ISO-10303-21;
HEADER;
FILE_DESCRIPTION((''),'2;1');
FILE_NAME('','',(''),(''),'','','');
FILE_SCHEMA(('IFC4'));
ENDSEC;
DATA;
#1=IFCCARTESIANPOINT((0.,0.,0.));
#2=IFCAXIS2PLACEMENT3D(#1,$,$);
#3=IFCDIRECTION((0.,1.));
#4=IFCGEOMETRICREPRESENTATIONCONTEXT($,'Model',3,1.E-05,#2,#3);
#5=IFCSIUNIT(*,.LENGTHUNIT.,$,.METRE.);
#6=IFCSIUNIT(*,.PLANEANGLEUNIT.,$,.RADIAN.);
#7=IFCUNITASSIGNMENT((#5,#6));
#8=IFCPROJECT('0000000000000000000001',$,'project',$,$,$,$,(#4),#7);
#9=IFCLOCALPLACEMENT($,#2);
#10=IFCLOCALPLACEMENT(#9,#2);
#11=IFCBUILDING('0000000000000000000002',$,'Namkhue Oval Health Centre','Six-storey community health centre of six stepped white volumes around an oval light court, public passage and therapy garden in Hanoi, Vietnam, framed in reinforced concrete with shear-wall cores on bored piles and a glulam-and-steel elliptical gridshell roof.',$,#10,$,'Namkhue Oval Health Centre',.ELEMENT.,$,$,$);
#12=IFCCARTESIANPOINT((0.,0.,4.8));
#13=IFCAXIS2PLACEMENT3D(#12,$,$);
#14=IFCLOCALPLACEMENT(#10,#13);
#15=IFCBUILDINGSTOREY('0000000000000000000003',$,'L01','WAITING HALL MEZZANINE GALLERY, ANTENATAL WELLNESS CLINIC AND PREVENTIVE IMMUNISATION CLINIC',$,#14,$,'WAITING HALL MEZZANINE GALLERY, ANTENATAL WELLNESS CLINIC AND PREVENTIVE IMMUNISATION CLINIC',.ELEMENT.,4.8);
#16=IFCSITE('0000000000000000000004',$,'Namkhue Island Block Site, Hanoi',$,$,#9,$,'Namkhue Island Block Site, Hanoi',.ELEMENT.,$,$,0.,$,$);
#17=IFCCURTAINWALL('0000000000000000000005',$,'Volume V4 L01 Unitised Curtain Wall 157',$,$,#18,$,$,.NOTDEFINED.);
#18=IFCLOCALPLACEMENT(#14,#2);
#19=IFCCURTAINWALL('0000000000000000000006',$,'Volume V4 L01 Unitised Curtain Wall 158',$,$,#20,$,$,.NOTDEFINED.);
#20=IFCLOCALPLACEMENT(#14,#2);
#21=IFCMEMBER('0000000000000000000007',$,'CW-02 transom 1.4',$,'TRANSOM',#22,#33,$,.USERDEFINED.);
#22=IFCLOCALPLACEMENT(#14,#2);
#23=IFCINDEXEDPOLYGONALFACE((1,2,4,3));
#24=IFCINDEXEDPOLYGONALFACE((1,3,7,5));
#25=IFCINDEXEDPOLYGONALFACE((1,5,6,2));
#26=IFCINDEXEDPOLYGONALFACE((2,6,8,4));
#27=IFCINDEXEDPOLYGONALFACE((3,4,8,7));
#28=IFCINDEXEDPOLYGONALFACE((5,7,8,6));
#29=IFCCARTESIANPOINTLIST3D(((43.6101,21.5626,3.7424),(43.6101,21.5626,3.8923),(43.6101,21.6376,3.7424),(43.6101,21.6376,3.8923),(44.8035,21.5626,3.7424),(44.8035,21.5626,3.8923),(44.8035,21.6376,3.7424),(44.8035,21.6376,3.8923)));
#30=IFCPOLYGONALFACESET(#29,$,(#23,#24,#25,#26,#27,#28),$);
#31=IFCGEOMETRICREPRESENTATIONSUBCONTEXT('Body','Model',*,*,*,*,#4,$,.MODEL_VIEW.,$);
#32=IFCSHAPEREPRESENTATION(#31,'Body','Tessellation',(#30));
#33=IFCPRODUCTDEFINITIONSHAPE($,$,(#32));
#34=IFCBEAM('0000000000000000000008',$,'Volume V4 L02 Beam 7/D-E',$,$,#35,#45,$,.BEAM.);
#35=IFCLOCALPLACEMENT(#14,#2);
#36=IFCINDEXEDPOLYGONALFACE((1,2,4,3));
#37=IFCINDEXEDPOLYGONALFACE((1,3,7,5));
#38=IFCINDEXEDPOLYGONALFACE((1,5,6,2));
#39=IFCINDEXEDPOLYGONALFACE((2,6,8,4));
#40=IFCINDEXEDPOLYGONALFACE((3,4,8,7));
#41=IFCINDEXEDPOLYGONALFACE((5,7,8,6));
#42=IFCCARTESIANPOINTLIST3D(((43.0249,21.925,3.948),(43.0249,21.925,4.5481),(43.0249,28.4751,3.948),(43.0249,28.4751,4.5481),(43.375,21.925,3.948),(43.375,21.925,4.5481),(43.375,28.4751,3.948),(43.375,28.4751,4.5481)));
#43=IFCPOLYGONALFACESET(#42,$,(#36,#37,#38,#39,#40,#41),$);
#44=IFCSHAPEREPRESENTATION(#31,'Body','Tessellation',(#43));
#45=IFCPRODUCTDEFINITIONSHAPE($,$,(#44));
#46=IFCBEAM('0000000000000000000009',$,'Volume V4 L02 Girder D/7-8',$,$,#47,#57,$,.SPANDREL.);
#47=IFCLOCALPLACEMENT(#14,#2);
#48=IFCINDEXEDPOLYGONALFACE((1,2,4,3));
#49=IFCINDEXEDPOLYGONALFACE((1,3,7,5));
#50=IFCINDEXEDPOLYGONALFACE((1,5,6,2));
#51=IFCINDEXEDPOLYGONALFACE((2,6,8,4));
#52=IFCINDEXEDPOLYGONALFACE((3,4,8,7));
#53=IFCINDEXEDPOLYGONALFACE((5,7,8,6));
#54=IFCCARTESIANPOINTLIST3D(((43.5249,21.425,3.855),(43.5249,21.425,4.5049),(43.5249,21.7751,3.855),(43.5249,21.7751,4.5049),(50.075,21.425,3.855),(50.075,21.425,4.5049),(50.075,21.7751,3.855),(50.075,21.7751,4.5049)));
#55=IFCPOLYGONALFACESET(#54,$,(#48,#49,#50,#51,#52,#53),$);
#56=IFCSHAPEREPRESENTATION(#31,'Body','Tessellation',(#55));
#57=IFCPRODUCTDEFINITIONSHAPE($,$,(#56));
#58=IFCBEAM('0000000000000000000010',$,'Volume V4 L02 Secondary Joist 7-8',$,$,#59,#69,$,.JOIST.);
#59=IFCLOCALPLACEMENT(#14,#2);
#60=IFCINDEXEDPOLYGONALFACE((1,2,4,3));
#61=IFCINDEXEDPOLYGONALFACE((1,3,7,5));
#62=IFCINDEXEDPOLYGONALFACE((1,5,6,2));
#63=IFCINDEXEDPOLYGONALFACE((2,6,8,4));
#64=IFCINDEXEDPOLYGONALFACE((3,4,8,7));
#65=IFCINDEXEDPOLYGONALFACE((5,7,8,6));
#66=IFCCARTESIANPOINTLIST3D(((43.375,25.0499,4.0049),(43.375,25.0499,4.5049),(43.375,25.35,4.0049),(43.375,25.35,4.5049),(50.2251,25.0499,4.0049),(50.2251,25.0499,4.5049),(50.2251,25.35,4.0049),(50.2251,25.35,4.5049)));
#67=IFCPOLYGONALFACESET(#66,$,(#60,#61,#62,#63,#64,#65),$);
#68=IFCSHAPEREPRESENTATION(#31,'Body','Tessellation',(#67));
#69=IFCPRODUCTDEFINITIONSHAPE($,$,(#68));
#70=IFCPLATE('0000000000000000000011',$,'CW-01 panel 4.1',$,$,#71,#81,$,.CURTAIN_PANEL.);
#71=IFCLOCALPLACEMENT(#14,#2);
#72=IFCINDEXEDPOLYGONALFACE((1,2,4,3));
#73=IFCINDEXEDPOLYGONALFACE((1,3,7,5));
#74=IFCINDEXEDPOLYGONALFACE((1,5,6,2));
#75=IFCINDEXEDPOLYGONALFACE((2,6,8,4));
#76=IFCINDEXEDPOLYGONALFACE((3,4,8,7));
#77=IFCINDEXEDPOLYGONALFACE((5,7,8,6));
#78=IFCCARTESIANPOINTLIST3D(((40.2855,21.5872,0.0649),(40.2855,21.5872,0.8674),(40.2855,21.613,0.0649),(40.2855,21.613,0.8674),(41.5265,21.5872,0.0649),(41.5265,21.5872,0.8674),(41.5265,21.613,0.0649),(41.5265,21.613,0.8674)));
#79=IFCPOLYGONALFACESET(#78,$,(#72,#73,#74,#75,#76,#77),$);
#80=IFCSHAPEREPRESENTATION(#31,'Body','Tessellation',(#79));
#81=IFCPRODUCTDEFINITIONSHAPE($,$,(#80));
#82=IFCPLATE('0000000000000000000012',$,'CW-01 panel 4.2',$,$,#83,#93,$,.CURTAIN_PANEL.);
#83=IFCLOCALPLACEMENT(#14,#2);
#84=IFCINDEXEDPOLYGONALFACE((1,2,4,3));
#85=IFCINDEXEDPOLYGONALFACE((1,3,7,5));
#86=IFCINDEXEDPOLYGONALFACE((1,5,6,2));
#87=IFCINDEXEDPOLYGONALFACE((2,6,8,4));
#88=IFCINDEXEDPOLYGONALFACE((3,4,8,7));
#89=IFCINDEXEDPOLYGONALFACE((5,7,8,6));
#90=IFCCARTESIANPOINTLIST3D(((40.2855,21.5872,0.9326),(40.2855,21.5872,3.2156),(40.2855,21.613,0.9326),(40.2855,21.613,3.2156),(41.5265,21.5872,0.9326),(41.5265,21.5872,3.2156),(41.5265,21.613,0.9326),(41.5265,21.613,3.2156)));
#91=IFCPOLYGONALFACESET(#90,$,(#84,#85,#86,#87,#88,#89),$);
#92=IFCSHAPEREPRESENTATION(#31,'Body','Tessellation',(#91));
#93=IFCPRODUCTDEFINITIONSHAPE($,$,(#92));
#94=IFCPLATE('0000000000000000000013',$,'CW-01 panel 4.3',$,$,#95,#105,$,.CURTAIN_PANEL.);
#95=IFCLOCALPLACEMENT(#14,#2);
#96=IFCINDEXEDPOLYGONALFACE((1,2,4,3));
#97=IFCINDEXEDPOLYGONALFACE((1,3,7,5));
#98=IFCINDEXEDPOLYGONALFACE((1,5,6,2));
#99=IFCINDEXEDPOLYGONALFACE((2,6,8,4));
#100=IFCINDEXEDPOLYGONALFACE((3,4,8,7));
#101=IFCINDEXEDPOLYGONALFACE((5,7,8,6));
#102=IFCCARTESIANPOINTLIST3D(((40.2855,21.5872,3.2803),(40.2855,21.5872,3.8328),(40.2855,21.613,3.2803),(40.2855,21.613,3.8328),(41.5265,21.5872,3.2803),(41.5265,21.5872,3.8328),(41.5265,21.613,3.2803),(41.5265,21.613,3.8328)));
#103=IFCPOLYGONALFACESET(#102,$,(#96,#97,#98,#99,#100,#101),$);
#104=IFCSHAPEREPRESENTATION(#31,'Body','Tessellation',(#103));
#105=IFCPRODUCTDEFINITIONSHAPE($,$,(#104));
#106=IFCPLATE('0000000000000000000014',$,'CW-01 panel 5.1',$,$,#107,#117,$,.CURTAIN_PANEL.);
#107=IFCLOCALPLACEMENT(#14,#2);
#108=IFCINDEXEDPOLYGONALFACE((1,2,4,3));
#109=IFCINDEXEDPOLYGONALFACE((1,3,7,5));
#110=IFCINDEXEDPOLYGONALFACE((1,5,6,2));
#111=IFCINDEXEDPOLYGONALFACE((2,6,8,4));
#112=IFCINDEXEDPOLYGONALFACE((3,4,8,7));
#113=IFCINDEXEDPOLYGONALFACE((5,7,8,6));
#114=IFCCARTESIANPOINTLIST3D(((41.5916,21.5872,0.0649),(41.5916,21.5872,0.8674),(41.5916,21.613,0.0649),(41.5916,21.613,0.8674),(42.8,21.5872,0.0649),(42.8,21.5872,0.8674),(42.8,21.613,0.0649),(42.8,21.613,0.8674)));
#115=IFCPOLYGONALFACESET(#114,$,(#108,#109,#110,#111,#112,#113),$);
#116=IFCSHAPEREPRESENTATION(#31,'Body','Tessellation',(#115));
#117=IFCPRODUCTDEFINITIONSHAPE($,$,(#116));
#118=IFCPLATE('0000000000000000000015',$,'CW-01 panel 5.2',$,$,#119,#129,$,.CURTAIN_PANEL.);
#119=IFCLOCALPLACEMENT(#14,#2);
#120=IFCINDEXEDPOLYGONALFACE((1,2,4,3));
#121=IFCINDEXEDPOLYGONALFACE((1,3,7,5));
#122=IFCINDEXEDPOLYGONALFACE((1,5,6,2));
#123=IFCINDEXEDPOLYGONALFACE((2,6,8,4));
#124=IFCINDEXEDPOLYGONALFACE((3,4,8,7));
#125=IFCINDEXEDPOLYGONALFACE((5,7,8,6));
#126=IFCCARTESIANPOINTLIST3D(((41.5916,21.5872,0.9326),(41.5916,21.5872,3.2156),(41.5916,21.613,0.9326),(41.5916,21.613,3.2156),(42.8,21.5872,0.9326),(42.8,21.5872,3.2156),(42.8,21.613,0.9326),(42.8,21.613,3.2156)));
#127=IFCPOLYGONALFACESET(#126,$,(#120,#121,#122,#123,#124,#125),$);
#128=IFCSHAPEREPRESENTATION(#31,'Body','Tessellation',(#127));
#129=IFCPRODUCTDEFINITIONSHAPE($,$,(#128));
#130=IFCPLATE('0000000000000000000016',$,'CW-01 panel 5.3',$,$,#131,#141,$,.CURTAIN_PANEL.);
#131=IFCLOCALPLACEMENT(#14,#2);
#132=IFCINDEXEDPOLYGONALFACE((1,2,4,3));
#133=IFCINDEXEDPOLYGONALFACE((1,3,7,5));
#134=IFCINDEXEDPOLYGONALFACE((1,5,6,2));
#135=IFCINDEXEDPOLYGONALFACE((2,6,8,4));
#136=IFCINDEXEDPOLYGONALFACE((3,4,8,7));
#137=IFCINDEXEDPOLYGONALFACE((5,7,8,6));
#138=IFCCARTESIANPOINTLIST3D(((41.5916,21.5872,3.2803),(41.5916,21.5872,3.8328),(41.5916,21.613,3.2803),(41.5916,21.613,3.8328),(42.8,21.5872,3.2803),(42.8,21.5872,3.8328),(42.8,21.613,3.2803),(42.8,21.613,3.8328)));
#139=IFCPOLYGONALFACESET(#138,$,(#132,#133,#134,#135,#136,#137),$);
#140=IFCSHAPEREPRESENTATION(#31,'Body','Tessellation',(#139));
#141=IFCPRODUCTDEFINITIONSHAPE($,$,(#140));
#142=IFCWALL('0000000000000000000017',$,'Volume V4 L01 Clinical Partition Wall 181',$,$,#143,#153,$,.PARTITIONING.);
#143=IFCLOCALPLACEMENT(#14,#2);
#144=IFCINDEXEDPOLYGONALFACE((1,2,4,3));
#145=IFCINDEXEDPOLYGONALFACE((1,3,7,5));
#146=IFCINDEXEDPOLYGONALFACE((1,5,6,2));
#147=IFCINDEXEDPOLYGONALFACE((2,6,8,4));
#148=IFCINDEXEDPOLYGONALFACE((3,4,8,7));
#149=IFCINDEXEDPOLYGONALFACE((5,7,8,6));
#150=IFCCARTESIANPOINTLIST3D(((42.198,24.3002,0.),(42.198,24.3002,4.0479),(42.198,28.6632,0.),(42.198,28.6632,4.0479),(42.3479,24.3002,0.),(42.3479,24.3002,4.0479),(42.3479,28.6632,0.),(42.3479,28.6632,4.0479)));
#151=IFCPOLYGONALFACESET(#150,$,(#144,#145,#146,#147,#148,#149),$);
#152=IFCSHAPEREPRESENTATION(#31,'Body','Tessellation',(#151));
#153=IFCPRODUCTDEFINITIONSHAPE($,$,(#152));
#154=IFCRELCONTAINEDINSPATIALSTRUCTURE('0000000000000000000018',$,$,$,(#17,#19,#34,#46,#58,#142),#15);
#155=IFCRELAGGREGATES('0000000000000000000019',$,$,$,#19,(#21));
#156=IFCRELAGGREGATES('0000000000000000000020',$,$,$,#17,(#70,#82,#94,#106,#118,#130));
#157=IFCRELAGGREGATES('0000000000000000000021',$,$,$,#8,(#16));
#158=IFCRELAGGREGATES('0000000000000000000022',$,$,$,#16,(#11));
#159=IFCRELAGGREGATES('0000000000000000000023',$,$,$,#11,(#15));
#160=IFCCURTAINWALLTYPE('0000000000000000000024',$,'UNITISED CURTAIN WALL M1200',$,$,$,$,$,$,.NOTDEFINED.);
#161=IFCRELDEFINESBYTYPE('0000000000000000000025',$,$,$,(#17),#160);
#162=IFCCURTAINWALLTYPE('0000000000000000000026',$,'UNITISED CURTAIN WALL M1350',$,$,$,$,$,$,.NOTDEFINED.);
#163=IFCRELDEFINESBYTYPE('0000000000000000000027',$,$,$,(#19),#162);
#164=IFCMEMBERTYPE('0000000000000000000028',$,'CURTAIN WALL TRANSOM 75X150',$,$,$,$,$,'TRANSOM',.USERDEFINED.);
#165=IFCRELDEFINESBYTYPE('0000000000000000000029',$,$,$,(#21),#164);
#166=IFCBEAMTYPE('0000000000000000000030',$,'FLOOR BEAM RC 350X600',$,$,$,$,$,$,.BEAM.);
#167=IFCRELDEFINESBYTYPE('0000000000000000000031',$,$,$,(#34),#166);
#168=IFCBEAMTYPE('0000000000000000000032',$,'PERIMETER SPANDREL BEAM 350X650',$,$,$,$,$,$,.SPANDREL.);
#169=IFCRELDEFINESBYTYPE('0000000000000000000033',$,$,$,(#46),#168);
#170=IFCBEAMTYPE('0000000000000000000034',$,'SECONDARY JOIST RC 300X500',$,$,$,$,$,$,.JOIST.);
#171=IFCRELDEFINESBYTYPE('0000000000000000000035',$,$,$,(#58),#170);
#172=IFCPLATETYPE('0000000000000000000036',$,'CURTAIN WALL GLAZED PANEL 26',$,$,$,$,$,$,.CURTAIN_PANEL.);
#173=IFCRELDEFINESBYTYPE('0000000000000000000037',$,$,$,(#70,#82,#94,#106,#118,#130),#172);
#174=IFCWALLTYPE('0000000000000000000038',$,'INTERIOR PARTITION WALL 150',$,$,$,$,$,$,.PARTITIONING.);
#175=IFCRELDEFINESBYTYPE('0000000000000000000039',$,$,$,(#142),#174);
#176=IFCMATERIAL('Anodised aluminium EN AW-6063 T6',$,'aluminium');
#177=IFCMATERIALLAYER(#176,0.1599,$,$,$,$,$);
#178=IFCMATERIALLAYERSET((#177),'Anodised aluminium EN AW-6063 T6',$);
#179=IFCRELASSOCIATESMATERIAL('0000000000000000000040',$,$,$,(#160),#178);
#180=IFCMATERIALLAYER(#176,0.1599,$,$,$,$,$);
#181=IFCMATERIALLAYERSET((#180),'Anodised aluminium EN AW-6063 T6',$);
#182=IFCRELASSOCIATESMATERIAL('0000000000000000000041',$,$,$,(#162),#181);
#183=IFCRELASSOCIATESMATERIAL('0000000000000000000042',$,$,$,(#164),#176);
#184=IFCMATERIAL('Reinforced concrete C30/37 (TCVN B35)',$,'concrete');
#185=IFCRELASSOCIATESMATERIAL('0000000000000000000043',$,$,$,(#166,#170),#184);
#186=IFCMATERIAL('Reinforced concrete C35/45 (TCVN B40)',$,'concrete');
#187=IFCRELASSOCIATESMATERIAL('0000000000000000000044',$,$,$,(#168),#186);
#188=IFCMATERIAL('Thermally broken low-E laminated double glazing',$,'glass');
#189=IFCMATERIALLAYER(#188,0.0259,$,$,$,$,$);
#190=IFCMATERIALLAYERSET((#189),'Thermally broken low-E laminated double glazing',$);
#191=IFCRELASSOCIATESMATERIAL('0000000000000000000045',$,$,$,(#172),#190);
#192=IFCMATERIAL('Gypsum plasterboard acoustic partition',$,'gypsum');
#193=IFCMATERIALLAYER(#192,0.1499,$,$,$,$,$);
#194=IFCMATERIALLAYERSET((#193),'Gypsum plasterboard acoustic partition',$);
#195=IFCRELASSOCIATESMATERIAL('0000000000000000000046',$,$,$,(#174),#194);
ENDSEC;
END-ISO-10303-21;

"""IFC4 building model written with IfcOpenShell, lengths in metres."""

from ifc_helpers import new_model, si_unit, direction, frame, frame_2d, origin, origin_2d, place, context, subcontext, project, spatial, rectangle, extrude, material, layer, layer_set, material_profile, profile_set, type_object, element, aggregate, save


model = new_model("IFC4")

# Units and contexts
model_context = context("Model", 3, precision=1e-05, world=origin(), true_north=direction((0.0, 1.0)))
body_context = subcontext(model_context, "Body", "Model", "MODEL_VIEW")
ifc_project = project(units=[si_unit("LENGTHUNIT", "METRE"), si_unit("PLANEANGLEUNIT", "RADIAN")], contexts=[model_context])

# Site, building, storey
site_placement = place(None, origin())
site = spatial("IfcSite", under=ifc_project, at=site_placement, Name="Namkhue Island Block Site, Hanoi", LongName="Namkhue Island Block Site, Hanoi", CompositionType="ELEMENT", RefElevation=0.0)
building_placement = place(site_placement, origin())
building = spatial("IfcBuilding", under=site, at=building_placement, Name="Namkhue Oval Health Centre", Description="Six-storey community health centre of six stepped white volumes around an oval light court, public passage and therapy garden in Hanoi, Vietnam, framed in reinforced concrete with shear-wall cores on bored piles and a glulam-and-steel elliptical gridshell roof.", LongName="Namkhue Oval Health Centre", CompositionType="ELEMENT")
storey_placement = place(building_placement, frame((0.0, 0.0, 4.8)))
storey = spatial("IfcBuildingStorey", under=building, at=storey_placement, Name="L01", Description="WAITING HALL MEZZANINE GALLERY, ANTENATAL WELLNESS CLINIC AND PREVENTIVE IMMUNISATION CLINIC", LongName="WAITING HALL MEZZANINE GALLERY, ANTENATAL WELLNESS CLINIC AND PREVENTIVE IMMUNISATION CLINIC", CompositionType="ELEMENT", Elevation=4.8)

# Shared definitions
ifc_material_1 = material(Name="Reinforced concrete C35/45 (TCVN B40)", Category="concrete")

# Curtain wall
ifc_material_2 = material(Name="Anodised aluminium EN AW-6063 T6", Category="aluminium")
ifc_layer_1 = layer(ifc_material_2, 0.1599)
ifc_layer_set_1 = layer_set([ifc_layer_1], Name="Anodised aluminium EN AW-6063 T6")
curtain_wall_type_1 = type_object("IfcCurtainWallType", Name="UNITISED CURTAIN WALL M1200", PredefinedType="NOTDEFINED", material=ifc_layer_set_1)
curtain_wall_1_placement = place(storey_placement, origin())
curtain_wall_1 = element("IfcCurtainWall", 1, at=curtain_wall_1_placement, inside=storey, type_object=curtain_wall_type_1, Name="Volume V4 L01 Unitised Curtain Wall 157", PredefinedType="NOTDEFINED")

# Curtain wall
ifc_layer_2 = layer(ifc_material_2, 0.1599)
ifc_layer_set_2 = layer_set([ifc_layer_2], Name="Anodised aluminium EN AW-6063 T6")
curtain_wall_type_2 = type_object("IfcCurtainWallType", Name="UNITISED CURTAIN WALL M1350", PredefinedType="NOTDEFINED", material=ifc_layer_set_2)
curtain_wall_2_placement = place(storey_placement, origin())
curtain_wall_2 = element("IfcCurtainWall", 2, at=curtain_wall_2_placement, inside=storey, type_object=curtain_wall_type_2, Name="Volume V4 L01 Unitised Curtain Wall 158", PredefinedType="NOTDEFINED")

# Member
ifc_material_profile_1 = material_profile(ifc_material_2, rectangle(XDim=0.075, YDim=0.1499, at=origin_2d()), Name="ALU 75x150")
ifc_profile_set_1 = profile_set([ifc_material_profile_1], Name="Anodised aluminium EN AW-6063 T6")
member_type_1 = type_object("IfcMemberType", Name="CURTAIN WALL TRANSOM 75X150", ElementType="TRANSOM", PredefinedType="USERDEFINED", material=ifc_profile_set_1)
member_1_placement = place(storey_placement, frame((43.6101, 21.6001, 3.8174), z_axis=(1.0, 0.0, 0.0), x_axis=(0.0, 1.0, 0.0)))
member_1 = element("IfcMember", 3, at=member_1_placement, type_object=member_type_1, Name="CW-02 transom 1.4", ObjectType="TRANSOM", PredefinedType="USERDEFINED", context=body_context, shape_type="SweptSolid", body=[
    extrude(rectangle(XDim=0.075, YDim=0.1499, at=origin_2d()), origin(), (0.0, 0.0, 1.0), 1.1934),
])
aggregate(curtain_wall_2, [member_1])

# Beams
ifc_material_3 = material(Name="Reinforced concrete C30/37 (TCVN B35)", Category="concrete")
ifc_material_profile_2 = material_profile(ifc_material_3, rectangle(XDim=0.3501, YDim=0.6001, at=origin_2d()), Name="RC 350x600")
ifc_profile_set_2 = profile_set([ifc_material_profile_2], Name="Reinforced concrete C30/37 (TCVN B35)")
beam_type_1 = type_object("IfcBeamType", Name="FLOOR BEAM RC 350X600", PredefinedType="BEAM", material=ifc_profile_set_2)
beam_1_placement = place(storey_placement, frame((43.2, 21.925, 4.248), z_axis=(0.0, 1.0, 0.0), x_axis=(-1.0, 0.0, 0.0)))
element("IfcBeam", 4, at=beam_1_placement, inside=storey, type_object=beam_type_1, Name="Volume V4 L02 Beam 7/D-E", PredefinedType="BEAM", context=body_context, shape_type="SweptSolid", body=[
    extrude(rectangle(XDim=0.3501, YDim=0.6001, at=origin_2d()), origin(), (0.0, 0.0, 1.0), 6.55),
])
ifc_material_profile_3 = material_profile(ifc_material_1, rectangle(XDim=0.3501, YDim=0.6499, at=origin_2d()), Name="RC 350x650")
ifc_profile_set_3 = profile_set([ifc_material_profile_3], Name="Reinforced concrete C35/45 (TCVN B40)")
beam_type_2 = type_object("IfcBeamType", Name="PERIMETER SPANDREL BEAM 350X650", PredefinedType="SPANDREL", material=ifc_profile_set_3)
beam_2_placement = place(storey_placement, frame((43.5249, 21.6001, 4.1799), z_axis=(1.0, 0.0, 0.0), x_axis=(0.0, 1.0, 0.0)))
element("IfcBeam", 5, at=beam_2_placement, inside=storey, type_object=beam_type_2, Name="Volume V4 L02 Girder D/7-8", PredefinedType="SPANDREL", context=body_context, shape_type="SweptSolid", body=[
    extrude(rectangle(XDim=0.3501, YDim=0.6499, at=origin_2d()), origin(), (0.0, 0.0, 1.0), 6.55),
])
ifc_material_profile_4 = material_profile(ifc_material_3, rectangle(XDim=0.3, YDim=0.5, at=origin_2d()), Name="RC 300x500")
ifc_profile_set_4 = profile_set([ifc_material_profile_4], Name="Reinforced concrete C30/37 (TCVN B35)")
beam_type_3 = type_object("IfcBeamType", Name="SECONDARY JOIST RC 300X500", PredefinedType="JOIST", material=ifc_profile_set_4)
beam_3_placement = place(storey_placement, frame((43.375, 25.2, 4.2549), z_axis=(1.0, 0.0, 0.0), x_axis=(0.0, 1.0, 0.0)))
element("IfcBeam", 6, at=beam_3_placement, inside=storey, type_object=beam_type_3, Name="Volume V4 L02 Secondary Joist 7-8", PredefinedType="JOIST", context=body_context, shape_type="SweptSolid", body=[
    extrude(rectangle(XDim=0.3, YDim=0.5, at=origin_2d()), origin(), (0.0, 0.0, 1.0), 6.8501),
])

# Plates
ifc_material_4 = material(Name="Thermally broken low-E laminated double glazing", Category="glass")
ifc_layer_3 = layer(ifc_material_4, 0.0259)
ifc_layer_set_3 = layer_set([ifc_layer_3], Name="Thermally broken low-E laminated double glazing")
plate_type = type_object("IfcPlateType", Name="CURTAIN WALL GLAZED PANEL 26", PredefinedType="CURTAIN_PANEL", material=ifc_layer_set_3)
plate_1_placement = place(storey_placement, frame((40.906, 21.6001, 0.0649), z_axis=(0.0, 0.0, 1.0), x_axis=(1.0, 0.0, 0.0)))
plate_1 = element("IfcPlate", 7, at=plate_1_placement, type_object=plate_type, Name="CW-01 panel 4.1", PredefinedType="CURTAIN_PANEL", context=body_context, shape_type="SweptSolid", body=[
    extrude(rectangle(XDim=1.241, YDim=0.0259, at=origin_2d()), origin(), (0.0, 0.0, 1.0), 0.8025),
])
plate_2_placement = place(storey_placement, frame((40.906, 21.6001, 0.9326), z_axis=(0.0, 0.0, 1.0), x_axis=(1.0, 0.0, 0.0)))
plate_2 = element("IfcPlate", 8, at=plate_2_placement, type_object=plate_type, Name="CW-01 panel 4.2", PredefinedType="CURTAIN_PANEL", context=body_context, shape_type="SweptSolid", body=[
    extrude(rectangle(XDim=1.241, YDim=0.0259, at=origin_2d()), origin(), (0.0, 0.0, 1.0), 2.283),
])
plate_3_placement = place(storey_placement, frame((40.906, 21.6001, 3.2803), z_axis=(0.0, 0.0, 1.0), x_axis=(1.0, 0.0, 0.0)))
plate_3 = element("IfcPlate", 9, at=plate_3_placement, type_object=plate_type, Name="CW-01 panel 4.3", PredefinedType="CURTAIN_PANEL", context=body_context, shape_type="SweptSolid", body=[
    extrude(rectangle(XDim=1.241, YDim=0.0259, at=origin_2d()), origin(), (0.0, 0.0, 1.0), 0.5525),
])
plate_4_placement = place(storey_placement, frame((42.1958, 21.6001, 0.0649), z_axis=(0.0, 0.0, 1.0), x_axis=(1.0, 0.0, 0.0)))
plate_4 = element("IfcPlate", 10, at=plate_4_placement, type_object=plate_type, Name="CW-01 panel 5.1", PredefinedType="CURTAIN_PANEL", context=body_context, shape_type="SweptSolid", body=[
    extrude(rectangle(XDim=1.2085, YDim=0.0259, at=origin_2d()), origin(), (0.0, 0.0, 1.0), 0.8025),
])
plate_5_placement = place(storey_placement, frame((42.1958, 21.6001, 0.9326), z_axis=(0.0, 0.0, 1.0), x_axis=(1.0, 0.0, 0.0)))
plate_5 = element("IfcPlate", 11, at=plate_5_placement, type_object=plate_type, Name="CW-01 panel 5.2", PredefinedType="CURTAIN_PANEL", context=body_context, shape_type="SweptSolid", body=[
    extrude(rectangle(XDim=1.2085, YDim=0.0259, at=origin_2d()), origin(), (0.0, 0.0, 1.0), 2.283),
])
plate_6_placement = place(storey_placement, frame((42.1958, 21.6001, 3.2803), z_axis=(0.0, 0.0, 1.0), x_axis=(1.0, 0.0, 0.0)))
plate_6 = element("IfcPlate", 12, at=plate_6_placement, type_object=plate_type, Name="CW-01 panel 5.3", PredefinedType="CURTAIN_PANEL", context=body_context, shape_type="SweptSolid", body=[
    extrude(rectangle(XDim=1.2085, YDim=0.0259, at=origin_2d()), origin(), (0.0, 0.0, 1.0), 0.5525),
])
aggregate(curtain_wall_1, [plate_1, plate_2, plate_3, plate_4, plate_5, plate_6])

# Wall
ifc_material_5 = material(Name="Gypsum plasterboard acoustic partition", Category="gypsum")
ifc_layer_4 = layer(ifc_material_5, 0.1499)
ifc_layer_set_4 = layer_set([ifc_layer_4], Name="Gypsum plasterboard acoustic partition")
wall_type = type_object("IfcWallType", Name="INTERIOR PARTITION WALL 150", PredefinedType="PARTITIONING", material=ifc_layer_set_4)
wall_placement = place(storey_placement, frame((42.2729, 24.3, 0.0), z_axis=(0.0, 0.0, 1.0), x_axis=(0.0, 1.0, 0.0)))
element("IfcWall", 13, at=wall_placement, inside=storey, type_object=wall_type, Name="Volume V4 L01 Clinical Partition Wall 181", PredefinedType="PARTITIONING", context=body_context, shape_type="SweptSolid", body=[
    extrude(rectangle(XDim=4.363, YDim=0.1499, at=frame_2d((2.1816, 0.0))), origin(), (0.0, 0.0, 1.0), 4.0479),
])

save(model, "model.ifc")
